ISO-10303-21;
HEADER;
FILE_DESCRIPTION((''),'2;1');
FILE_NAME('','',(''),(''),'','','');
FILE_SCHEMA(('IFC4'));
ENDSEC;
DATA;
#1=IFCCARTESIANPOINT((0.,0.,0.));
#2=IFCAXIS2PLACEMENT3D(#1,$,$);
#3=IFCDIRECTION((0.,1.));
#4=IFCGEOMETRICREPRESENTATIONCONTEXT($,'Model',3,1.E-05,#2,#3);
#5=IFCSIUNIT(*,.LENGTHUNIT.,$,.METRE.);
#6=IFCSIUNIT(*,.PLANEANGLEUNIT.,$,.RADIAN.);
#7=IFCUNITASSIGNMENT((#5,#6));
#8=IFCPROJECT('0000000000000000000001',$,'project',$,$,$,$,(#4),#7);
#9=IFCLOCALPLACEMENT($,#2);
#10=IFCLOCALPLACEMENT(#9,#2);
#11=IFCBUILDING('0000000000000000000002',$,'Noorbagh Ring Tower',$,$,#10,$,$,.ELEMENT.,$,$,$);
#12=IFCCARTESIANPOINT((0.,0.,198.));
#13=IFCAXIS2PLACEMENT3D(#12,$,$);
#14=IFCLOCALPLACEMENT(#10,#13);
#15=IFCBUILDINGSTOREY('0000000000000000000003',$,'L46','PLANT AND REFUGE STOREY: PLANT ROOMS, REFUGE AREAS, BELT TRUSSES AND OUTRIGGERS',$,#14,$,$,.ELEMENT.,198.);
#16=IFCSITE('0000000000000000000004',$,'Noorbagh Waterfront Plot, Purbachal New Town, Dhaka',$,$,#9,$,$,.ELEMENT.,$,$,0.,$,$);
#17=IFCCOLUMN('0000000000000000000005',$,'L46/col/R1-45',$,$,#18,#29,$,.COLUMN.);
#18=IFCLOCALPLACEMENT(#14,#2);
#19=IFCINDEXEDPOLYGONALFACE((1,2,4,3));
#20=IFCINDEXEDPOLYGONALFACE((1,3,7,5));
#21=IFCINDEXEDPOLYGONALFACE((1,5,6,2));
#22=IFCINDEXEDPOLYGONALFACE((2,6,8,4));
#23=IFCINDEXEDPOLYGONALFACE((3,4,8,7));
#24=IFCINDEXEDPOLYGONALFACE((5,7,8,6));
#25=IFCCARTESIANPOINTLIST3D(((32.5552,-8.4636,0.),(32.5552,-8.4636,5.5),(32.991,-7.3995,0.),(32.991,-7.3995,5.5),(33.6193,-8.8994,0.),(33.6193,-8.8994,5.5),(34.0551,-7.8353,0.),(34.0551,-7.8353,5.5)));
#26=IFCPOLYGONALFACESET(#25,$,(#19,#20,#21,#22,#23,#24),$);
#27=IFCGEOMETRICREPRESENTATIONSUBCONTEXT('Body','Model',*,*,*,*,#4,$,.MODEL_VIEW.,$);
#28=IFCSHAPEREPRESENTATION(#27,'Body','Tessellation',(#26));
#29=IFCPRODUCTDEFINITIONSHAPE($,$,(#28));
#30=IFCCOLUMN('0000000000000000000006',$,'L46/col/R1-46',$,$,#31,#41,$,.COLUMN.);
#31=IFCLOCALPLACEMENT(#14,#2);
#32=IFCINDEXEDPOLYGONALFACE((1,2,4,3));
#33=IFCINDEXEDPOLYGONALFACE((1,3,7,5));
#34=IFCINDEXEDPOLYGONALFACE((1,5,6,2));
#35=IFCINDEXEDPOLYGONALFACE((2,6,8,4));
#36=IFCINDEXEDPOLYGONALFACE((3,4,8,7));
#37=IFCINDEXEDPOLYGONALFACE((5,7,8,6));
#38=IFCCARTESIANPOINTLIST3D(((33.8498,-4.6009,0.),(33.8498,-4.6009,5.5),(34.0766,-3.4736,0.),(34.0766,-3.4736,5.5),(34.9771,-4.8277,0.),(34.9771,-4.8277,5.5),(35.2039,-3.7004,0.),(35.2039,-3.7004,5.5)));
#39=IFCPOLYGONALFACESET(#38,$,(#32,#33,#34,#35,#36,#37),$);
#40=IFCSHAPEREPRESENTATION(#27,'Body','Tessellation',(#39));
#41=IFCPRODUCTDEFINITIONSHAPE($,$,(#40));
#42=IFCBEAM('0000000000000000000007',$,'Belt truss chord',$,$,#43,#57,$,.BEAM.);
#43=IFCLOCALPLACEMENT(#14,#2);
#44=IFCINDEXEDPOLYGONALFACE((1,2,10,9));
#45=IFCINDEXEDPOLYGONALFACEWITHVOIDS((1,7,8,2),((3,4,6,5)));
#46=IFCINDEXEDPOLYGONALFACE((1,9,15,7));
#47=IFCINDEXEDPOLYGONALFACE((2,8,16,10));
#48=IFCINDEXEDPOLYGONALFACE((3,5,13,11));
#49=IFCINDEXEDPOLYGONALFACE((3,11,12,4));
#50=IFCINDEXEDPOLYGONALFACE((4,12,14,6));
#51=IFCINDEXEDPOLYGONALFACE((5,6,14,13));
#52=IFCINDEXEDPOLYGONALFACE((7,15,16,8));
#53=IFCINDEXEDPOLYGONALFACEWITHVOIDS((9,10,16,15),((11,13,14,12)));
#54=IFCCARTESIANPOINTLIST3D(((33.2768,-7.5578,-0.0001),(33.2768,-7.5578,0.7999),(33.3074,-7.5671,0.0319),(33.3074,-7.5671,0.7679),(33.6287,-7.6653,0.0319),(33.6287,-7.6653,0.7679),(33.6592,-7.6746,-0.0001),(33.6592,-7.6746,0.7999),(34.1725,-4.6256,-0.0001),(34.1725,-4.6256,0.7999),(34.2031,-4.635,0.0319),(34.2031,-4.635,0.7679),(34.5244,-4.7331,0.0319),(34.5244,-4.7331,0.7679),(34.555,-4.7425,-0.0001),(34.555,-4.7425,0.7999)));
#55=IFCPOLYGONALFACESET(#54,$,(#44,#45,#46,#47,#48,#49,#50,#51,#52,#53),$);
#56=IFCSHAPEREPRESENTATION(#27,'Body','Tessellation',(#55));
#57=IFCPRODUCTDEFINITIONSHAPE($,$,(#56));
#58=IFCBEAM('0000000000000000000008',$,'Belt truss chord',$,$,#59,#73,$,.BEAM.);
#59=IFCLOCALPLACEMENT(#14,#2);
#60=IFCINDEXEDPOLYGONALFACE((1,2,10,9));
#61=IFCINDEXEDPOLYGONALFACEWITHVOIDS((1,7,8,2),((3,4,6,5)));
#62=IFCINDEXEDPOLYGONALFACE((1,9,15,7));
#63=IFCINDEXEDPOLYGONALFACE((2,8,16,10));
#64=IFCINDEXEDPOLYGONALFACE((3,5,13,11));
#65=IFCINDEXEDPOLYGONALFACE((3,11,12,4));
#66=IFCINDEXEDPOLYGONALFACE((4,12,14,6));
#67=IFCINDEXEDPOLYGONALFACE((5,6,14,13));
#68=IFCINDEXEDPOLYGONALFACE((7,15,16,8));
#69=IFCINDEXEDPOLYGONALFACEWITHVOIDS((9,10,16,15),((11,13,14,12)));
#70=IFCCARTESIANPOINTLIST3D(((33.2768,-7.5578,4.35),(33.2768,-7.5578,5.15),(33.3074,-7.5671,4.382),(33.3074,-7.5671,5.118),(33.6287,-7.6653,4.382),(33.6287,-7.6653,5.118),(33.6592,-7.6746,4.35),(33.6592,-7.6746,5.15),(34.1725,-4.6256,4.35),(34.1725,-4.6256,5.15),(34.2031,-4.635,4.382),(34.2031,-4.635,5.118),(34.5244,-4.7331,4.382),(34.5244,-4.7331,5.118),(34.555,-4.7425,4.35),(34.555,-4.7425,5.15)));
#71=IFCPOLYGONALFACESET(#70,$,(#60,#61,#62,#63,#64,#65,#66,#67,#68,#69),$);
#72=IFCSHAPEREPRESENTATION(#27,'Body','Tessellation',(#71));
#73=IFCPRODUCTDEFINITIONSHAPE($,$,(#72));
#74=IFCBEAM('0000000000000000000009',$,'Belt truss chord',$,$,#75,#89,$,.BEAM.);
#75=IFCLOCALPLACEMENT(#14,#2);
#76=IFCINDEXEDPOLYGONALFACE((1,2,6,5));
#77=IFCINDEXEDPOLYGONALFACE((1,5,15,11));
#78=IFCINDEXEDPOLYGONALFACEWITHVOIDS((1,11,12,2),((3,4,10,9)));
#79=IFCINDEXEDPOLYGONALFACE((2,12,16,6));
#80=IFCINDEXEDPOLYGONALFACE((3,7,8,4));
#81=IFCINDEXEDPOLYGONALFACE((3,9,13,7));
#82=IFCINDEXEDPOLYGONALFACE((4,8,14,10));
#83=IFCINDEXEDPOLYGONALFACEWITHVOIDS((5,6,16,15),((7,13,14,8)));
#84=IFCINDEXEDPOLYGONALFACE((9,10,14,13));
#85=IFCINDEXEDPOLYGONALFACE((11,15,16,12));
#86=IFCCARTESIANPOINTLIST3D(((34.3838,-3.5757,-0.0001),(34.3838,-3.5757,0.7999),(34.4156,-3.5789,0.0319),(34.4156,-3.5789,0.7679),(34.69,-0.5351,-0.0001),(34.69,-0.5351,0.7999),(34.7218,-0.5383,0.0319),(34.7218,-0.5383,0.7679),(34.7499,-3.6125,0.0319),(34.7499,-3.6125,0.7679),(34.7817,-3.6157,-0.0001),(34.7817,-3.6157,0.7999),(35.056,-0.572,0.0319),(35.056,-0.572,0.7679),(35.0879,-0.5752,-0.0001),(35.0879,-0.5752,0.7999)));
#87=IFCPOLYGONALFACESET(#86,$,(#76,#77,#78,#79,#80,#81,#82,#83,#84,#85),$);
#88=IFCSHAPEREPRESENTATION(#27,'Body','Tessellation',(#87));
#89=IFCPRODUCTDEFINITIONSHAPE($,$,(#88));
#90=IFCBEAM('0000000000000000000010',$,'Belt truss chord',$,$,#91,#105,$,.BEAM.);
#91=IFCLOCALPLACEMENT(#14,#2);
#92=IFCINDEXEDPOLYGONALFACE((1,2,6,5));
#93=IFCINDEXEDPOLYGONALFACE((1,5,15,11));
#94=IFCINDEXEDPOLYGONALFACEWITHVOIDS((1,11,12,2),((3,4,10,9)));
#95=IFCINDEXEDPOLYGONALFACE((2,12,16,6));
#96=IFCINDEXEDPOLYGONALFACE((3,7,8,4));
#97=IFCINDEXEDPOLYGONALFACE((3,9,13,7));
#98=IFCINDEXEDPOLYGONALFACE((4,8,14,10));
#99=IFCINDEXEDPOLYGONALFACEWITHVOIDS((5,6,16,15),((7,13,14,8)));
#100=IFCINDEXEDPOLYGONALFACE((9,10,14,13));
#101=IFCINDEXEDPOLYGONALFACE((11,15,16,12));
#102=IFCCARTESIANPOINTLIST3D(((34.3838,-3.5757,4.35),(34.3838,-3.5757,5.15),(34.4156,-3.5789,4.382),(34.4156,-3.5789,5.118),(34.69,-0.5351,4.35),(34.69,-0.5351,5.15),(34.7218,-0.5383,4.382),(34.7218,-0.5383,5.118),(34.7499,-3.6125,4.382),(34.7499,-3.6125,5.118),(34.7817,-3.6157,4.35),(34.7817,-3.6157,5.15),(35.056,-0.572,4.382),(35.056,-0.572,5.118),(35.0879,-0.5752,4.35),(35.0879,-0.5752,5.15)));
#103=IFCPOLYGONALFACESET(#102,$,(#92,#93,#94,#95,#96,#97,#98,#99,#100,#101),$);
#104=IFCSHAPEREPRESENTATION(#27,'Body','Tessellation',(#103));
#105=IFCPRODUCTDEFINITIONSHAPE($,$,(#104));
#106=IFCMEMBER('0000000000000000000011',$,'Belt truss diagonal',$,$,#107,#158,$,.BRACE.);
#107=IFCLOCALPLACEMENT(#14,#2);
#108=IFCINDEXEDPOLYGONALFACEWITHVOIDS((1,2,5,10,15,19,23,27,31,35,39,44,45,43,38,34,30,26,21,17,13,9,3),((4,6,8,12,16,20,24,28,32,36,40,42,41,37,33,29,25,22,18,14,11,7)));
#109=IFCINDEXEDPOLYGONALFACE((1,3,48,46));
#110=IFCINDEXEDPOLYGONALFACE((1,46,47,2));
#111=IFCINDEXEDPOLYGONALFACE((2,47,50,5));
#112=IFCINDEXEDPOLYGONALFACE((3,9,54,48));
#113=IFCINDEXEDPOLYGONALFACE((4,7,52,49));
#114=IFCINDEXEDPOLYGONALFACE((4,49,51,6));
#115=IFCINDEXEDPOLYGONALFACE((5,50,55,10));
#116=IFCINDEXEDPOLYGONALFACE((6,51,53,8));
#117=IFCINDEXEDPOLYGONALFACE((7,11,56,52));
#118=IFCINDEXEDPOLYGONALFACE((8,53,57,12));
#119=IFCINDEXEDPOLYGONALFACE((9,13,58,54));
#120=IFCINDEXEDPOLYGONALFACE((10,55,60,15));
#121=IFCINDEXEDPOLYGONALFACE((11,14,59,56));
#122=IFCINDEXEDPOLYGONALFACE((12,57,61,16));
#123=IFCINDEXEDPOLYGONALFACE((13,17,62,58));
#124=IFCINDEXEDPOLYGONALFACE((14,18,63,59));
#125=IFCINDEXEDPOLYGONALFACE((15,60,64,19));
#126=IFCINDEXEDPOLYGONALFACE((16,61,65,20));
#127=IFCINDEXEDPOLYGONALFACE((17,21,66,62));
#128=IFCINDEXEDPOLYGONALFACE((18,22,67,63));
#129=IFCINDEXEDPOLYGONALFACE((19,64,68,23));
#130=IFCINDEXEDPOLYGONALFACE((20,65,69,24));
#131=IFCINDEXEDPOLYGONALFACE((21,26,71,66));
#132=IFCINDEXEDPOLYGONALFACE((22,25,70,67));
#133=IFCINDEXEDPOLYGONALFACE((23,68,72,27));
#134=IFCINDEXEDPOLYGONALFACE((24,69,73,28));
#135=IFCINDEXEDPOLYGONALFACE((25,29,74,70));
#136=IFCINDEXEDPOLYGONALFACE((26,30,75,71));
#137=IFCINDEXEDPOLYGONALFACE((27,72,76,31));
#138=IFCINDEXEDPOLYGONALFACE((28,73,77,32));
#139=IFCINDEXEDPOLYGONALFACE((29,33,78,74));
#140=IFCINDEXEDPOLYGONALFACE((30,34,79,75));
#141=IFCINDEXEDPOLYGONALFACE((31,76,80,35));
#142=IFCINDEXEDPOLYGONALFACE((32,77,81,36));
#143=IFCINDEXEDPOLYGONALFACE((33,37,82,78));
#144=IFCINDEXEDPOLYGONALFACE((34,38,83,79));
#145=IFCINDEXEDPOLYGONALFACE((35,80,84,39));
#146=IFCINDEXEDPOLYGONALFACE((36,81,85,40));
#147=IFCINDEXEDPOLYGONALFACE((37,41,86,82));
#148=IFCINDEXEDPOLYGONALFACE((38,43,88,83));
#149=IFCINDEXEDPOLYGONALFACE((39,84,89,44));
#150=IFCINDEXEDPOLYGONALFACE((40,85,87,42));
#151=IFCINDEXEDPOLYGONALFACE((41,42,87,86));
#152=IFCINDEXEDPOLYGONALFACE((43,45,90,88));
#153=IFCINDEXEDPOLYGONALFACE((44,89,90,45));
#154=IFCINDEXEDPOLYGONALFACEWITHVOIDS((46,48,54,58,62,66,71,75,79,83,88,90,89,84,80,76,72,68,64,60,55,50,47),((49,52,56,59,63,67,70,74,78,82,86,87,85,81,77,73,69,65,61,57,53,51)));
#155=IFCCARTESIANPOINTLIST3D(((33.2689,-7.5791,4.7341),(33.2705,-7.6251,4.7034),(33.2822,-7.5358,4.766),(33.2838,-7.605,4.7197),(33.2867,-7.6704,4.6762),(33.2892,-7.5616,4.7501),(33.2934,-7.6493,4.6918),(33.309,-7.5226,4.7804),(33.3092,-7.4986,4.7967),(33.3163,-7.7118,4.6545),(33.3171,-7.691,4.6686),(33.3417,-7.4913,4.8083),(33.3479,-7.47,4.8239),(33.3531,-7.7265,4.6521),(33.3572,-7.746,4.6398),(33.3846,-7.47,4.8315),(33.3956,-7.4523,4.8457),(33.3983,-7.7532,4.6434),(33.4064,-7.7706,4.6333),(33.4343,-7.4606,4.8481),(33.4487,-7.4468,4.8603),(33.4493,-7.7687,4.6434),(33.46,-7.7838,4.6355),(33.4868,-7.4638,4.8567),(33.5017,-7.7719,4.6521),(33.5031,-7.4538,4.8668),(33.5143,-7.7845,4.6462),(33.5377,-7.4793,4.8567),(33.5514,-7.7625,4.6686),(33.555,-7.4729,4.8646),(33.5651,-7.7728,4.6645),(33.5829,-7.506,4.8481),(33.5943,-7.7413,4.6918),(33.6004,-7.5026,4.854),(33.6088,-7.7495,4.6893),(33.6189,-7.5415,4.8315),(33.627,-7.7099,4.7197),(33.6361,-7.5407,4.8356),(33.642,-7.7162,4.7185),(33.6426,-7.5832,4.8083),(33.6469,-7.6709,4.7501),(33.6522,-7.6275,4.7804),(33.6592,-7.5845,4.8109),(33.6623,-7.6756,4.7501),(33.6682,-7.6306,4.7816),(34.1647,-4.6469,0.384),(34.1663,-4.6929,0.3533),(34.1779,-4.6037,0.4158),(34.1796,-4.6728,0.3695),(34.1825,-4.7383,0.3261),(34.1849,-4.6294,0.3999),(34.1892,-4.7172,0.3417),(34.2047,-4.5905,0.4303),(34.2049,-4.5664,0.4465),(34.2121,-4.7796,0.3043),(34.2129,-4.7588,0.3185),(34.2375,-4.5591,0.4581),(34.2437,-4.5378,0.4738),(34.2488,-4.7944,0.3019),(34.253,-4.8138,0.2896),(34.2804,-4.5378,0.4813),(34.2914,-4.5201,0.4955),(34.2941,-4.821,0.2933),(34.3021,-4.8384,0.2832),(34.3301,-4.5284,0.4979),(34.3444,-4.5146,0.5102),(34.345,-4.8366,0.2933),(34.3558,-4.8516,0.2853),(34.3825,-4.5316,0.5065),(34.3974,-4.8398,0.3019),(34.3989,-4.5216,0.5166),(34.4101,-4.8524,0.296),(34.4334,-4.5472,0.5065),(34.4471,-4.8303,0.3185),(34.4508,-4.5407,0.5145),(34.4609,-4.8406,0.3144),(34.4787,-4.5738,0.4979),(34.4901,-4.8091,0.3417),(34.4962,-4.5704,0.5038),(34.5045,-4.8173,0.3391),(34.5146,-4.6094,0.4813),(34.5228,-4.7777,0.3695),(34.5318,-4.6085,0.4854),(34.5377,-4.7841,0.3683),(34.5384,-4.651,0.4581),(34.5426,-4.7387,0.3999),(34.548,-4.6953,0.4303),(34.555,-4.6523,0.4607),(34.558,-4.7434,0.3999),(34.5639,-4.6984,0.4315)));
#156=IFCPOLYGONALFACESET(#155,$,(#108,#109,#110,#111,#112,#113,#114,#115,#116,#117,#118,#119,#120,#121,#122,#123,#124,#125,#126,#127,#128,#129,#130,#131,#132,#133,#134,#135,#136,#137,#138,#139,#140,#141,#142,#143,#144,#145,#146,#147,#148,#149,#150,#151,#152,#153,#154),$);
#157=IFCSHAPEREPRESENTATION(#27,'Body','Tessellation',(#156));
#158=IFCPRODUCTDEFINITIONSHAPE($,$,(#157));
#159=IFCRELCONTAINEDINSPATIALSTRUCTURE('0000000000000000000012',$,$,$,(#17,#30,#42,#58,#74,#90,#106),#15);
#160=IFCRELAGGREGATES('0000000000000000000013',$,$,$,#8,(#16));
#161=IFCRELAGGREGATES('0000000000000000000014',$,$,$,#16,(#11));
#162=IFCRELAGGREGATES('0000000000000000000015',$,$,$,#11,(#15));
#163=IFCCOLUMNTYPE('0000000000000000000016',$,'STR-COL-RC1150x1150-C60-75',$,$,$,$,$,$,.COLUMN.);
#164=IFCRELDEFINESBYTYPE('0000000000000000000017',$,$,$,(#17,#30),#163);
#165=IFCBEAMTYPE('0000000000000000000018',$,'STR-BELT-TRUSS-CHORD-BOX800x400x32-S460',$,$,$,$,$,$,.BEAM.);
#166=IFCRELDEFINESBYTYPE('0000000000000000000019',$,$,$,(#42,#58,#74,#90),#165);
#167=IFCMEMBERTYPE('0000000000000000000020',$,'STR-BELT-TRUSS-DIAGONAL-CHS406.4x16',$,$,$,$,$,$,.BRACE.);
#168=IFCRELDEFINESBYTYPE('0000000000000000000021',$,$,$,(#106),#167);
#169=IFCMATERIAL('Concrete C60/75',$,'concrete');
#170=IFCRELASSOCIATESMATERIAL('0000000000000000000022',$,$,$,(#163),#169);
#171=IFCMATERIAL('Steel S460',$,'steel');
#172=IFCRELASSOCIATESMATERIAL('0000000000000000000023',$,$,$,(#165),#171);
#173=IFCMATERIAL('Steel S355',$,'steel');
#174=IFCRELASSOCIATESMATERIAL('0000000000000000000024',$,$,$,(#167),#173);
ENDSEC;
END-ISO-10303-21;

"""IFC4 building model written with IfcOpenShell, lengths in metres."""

from ifc_helpers import new_model, si_unit, direction, frame, origin, origin_2d, place, context, subcontext, project, spatial, rectangle, hollow_rectangle, hollow_circle, extrude, material, material_profile, profile_set, type_object, element, save


model = new_model("IFC4")

# Units and contexts
model_context = context("Model", 3, precision=1e-05, world=origin(), true_north=direction((0.0, 1.0)))
body_context = subcontext(model_context, "Body", "Model", "MODEL_VIEW")
ifc_project = project(units=[si_unit("LENGTHUNIT", "METRE"), si_unit("PLANEANGLEUNIT", "RADIAN")], contexts=[model_context])

# Site, building, storey
site_placement = place(None, origin())
site = spatial("IfcSite", under=ifc_project, at=site_placement, Name="Noorbagh Waterfront Plot, Purbachal New Town, Dhaka", CompositionType="ELEMENT", RefElevation=0.0)
building_placement = place(site_placement, origin())
building = spatial("IfcBuilding", under=site, at=building_placement, Name="Noorbagh Ring Tower", CompositionType="ELEMENT")
storey_placement = place(building_placement, frame((0.0, 0.0, 198.0)))
storey = spatial("IfcBuildingStorey", under=building, at=storey_placement, Name="L46", Description="PLANT AND REFUGE STOREY: PLANT ROOMS, REFUGE AREAS, BELT TRUSSES AND OUTRIGGERS", CompositionType="ELEMENT", Elevation=198.0)

# Columns
ifc_material_1 = material(Name="Concrete C60/75", Category="concrete")
ifc_material_profile_1 = material_profile(ifc_material_1, rectangle(XDim=1.1499, YDim=1.1499, at=origin_2d()), Name="RC1150x1150")
ifc_profile_set_1 = profile_set([ifc_material_profile_1], Name="Concrete C60/75")
column_type = type_object("IfcColumnType", Name="STR-COL-RC1150x1150-C60-75", PredefinedType="COLUMN", material=ifc_profile_set_1)
for number, where, z_axis, x_axis, name in (
    (1, (33.3052, -8.1494, 0.0), (0.0, 0.0, 1.0), (0.378989, 0.925401, 0.0), "L46/col/R1-45"),
    (2, (34.5269, -4.1506, 0.0), (0.0, 0.0, 1.0), (0.19723, 0.980357, 0.0), "L46/col/R1-46"),
):
    element("IfcColumn", number, at=place(storey_placement, frame(where, z_axis=z_axis, x_axis=x_axis)), inside=storey, type_object=column_type, Name=name, PredefinedType="COLUMN", context=body_context, shape_type="SweptSolid", body=[
        extrude(rectangle(XDim=1.1499, YDim=1.1499, at=origin_2d()), origin(), (0.0, 0.0, 1.0), 5.5),
    ])

# Beams
ifc_material_2 = material(Name="Steel S460", Category="steel")
ifc_material_profile_2 = material_profile(ifc_material_2, hollow_rectangle(XDim=0.3999, YDim=0.8, WallThickness=0.032, at=origin_2d()), Name="BOX800x400x32")
ifc_profile_set_2 = profile_set([ifc_material_profile_2], Name="Steel S460")
beam_type_1 = type_object("IfcBeamType", Name="STR-BELT-TRUSS-CHORD-BOX800x400x32-S460", PredefinedType="BEAM", material=ifc_profile_set_2)
for number, where, z_axis, x_axis, name in (
    (3, (33.468, -7.6162, 0.3999), (0.292166, 0.956368, 0.0), (-0.956368, 0.292166, 0.0), "Belt truss chord"),
    (4, (33.468, -7.6162, 4.75), (0.292166, 0.956368, 0.0), (-0.956368, 0.292166, 0.0), "Belt truss chord"),
):
    element("IfcBeam", number, at=place(storey_placement, frame(where, z_axis=z_axis, x_axis=x_axis)), inside=storey, type_object=beam_type_1, Name=name, PredefinedType="BEAM", context=body_context, shape_type="SweptSolid", body=[
        extrude(hollow_rectangle(XDim=0.3999, YDim=0.8, WallThickness=0.032, at=origin_2d()), origin(), (0.0, 0.0, 1.0), 3.0659),
    ])
for number, where, z_axis, x_axis, name in (
    (5, (34.5828, -3.5957, 0.3999), (0.100184, 0.994969, 0.0), (-0.994969, 0.100184, 0.0), "Belt truss chord"),
    (6, (34.5828, -3.5957, 4.75), (0.100184, 0.994969, 0.0), (-0.994969, 0.100184, 0.0), "Belt truss chord"),
):
    element("IfcBeam", number, at=place(storey_placement, frame(where, z_axis=z_axis, x_axis=x_axis)), inside=storey, type_object=beam_type_1, Name=name, PredefinedType="BEAM", context=body_context, shape_type="SweptSolid", body=[
        extrude(hollow_rectangle(XDim=0.3999, YDim=0.8, WallThickness=0.032, at=origin_2d()), origin(), (0.0, 0.0, 1.0), 3.0559),
    ])

# Member
ifc_material_3 = material(Name="Steel S355", Category="steel")
ifc_material_profile_3 = material_profile(ifc_material_3, hollow_circle(Radius=0.2031, WallThickness=0.0161, at=origin_2d()), Name="CHS406.4x16")
ifc_profile_set_3 = profile_set([ifc_material_profile_3], Name="Steel S355")
member_type_1 = type_object("IfcMemberType", Name="STR-BELT-TRUSS-DIAGONAL-CHS406.4x16", PredefinedType="BRACE", material=ifc_profile_set_3)
member_1_placement = place(storey_placement, frame((34.3638, -4.6841, 0.3999), z_axis=(-0.168313, -0.550951, 0.817389), x_axis=(0.956368, -0.292166, 0.0)))
element("IfcMember", 7, at=member_1_placement, inside=storey, type_object=member_type_1, Name="Belt truss diagonal", PredefinedType="BRACE", context=body_context, shape_type="SweptSolid", body=[
    extrude(hollow_circle(Radius=0.2031, WallThickness=0.0161, at=origin_2d()), origin(), (0.0, 0.0, 1.0), 5.322),
])

save(model, "model.ifc")
